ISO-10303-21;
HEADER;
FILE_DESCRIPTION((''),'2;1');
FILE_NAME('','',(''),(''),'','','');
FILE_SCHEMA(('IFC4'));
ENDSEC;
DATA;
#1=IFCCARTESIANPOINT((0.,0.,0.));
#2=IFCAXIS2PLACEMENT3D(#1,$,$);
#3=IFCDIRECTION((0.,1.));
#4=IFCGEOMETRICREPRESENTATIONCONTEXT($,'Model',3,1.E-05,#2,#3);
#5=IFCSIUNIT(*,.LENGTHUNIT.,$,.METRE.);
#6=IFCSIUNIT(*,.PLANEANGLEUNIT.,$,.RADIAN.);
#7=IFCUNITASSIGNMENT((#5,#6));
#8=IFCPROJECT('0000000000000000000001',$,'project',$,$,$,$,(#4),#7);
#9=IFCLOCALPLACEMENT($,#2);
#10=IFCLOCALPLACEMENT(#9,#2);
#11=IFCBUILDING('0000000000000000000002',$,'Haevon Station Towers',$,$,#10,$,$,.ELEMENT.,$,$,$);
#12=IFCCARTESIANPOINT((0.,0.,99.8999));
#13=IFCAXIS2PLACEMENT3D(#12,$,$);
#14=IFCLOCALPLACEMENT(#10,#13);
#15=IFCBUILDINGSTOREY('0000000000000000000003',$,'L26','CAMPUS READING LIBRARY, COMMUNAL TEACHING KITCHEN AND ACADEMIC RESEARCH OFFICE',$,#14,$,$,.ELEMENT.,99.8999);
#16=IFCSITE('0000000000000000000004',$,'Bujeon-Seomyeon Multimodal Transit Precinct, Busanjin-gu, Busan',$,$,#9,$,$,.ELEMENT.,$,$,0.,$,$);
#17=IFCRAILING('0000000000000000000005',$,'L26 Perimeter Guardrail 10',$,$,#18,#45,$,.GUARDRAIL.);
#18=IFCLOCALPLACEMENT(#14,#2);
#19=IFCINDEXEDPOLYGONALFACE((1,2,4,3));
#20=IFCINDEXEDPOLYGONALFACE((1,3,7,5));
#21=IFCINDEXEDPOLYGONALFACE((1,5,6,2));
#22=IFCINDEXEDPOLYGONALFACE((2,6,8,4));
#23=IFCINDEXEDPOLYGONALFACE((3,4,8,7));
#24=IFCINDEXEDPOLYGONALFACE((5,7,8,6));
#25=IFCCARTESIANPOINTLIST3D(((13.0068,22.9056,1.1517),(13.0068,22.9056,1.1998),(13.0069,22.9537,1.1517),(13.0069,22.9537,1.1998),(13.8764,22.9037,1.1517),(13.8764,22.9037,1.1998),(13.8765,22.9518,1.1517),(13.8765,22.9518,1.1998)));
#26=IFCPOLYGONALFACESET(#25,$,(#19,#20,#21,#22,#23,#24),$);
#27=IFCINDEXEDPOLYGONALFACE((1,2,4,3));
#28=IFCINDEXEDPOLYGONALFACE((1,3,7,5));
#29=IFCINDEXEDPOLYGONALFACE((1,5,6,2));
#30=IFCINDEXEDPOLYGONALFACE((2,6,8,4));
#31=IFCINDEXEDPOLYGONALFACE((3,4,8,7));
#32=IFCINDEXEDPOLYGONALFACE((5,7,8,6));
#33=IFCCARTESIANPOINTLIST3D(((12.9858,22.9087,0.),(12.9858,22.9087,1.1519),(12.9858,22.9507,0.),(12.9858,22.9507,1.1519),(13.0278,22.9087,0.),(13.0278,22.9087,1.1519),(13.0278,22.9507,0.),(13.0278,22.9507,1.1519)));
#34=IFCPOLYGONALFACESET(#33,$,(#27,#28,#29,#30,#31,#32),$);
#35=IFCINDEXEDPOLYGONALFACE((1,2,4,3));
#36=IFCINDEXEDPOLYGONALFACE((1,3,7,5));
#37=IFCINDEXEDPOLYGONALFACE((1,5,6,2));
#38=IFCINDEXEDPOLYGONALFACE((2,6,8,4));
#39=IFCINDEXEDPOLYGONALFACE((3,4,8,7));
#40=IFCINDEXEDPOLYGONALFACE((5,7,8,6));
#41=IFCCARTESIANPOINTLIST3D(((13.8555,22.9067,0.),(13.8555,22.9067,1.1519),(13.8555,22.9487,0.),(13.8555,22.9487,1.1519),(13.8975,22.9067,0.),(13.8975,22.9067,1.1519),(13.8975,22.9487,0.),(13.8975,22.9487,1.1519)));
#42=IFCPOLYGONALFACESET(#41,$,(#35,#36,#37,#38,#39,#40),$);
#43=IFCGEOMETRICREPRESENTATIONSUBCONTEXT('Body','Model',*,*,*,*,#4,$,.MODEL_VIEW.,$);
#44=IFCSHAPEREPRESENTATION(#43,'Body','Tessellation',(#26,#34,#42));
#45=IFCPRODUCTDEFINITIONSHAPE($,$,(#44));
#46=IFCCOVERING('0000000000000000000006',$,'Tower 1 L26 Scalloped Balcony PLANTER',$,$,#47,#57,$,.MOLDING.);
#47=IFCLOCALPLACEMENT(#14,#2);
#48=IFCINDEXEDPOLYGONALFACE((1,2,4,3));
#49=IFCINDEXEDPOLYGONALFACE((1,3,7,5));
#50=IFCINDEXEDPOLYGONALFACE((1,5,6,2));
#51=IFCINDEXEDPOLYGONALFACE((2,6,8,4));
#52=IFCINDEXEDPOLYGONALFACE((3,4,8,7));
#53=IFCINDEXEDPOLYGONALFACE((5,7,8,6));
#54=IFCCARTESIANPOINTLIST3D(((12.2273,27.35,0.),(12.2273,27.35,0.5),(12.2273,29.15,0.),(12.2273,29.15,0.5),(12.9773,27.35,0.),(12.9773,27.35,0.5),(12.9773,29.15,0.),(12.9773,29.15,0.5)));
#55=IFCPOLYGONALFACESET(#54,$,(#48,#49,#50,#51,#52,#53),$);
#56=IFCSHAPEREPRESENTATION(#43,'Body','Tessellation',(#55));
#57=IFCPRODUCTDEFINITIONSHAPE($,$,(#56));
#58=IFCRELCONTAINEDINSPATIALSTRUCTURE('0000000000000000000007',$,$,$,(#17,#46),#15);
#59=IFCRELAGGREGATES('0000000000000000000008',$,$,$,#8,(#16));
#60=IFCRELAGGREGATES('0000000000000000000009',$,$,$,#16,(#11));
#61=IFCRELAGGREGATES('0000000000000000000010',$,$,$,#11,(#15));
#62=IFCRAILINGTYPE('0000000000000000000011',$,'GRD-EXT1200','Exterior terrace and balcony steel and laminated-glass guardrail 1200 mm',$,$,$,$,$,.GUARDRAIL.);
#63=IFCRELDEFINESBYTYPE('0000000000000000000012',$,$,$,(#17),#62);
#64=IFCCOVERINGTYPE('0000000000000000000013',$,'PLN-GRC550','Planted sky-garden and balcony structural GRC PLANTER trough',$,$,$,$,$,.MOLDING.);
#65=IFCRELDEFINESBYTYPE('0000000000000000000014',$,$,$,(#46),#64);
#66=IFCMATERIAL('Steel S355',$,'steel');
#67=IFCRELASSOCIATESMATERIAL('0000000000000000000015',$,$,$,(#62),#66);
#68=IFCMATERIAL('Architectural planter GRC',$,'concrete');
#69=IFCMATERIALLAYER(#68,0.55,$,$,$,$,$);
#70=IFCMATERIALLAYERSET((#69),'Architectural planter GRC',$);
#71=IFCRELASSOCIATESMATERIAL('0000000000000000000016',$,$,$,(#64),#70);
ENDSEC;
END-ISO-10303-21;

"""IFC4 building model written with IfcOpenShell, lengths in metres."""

from ifc_helpers import new_model, si_unit, direction, frame, origin, origin_2d, place, context, subcontext, project, spatial, rectangle, extrude, material, layer, layer_set, type_object, element, save


model = new_model("IFC4")

# Units and contexts
model_context = context("Model", 3, precision=1e-05, world=origin(), true_north=direction((0.0, 1.0)))
body_context = subcontext(model_context, "Body", "Model", "MODEL_VIEW")
ifc_project = project(units=[si_unit("LENGTHUNIT", "METRE"), si_unit("PLANEANGLEUNIT", "RADIAN")], contexts=[model_context])

# Site, building, storey
site_placement = place(None, origin())
site = spatial("IfcSite", under=ifc_project, at=site_placement, Name="Bujeon-Seomyeon Multimodal Transit Precinct, Busanjin-gu, Busan", CompositionType="ELEMENT", RefElevation=0.0)
building_placement = place(site_placement, origin())
building = spatial("IfcBuilding", under=site, at=building_placement, Name="Haevon Station Towers", CompositionType="ELEMENT")
storey_placement = place(building_placement, frame((0.0, 0.0, 99.8999)))
storey = spatial("IfcBuildingStorey", under=building, at=storey_placement, Name="L26", Description="CAMPUS READING LIBRARY, COMMUNAL TEACHING KITCHEN AND ACADEMIC RESEARCH OFFICE", CompositionType="ELEMENT", Elevation=99.8999)

# Shared definitions
ifc_material_1 = material(Name="Steel S355", Category="steel")

# Railing
railing_type = type_object("IfcRailingType", Name="GRD-EXT1200", Description="Exterior terrace and balcony steel and laminated-glass guardrail 1200 mm", PredefinedType="GUARDRAIL", material=ifc_material_1)
railing_1_placement = place(storey_placement, frame((13.0068, 22.9297, 0.0)))
element("IfcRailing", 1, at=railing_1_placement, inside=storey, type_object=railing_type, Name="L26 Perimeter Guardrail 10", PredefinedType="GUARDRAIL", context=body_context, shape_type="SweptSolid", body=[
    extrude(rectangle(XDim=0.0481, YDim=0.0481, at=origin_2d()), frame((0.0, 0.0, 1.1758), z_axis=(0.999997, -0.002246, 0.0), x_axis=(0.002246, 0.999997, 0.0)), (0.0, 0.0, 1.0), 0.8696),
    extrude(rectangle(XDim=0.042, YDim=0.042, at=origin_2d()), origin(), (0.0, 0.0, 1.0), 1.1519),
    extrude(rectangle(XDim=0.042, YDim=0.042, at=origin_2d()), frame((0.8696, -0.002, 0.0)), (0.0, 0.0, 1.0), 1.1519),
])

# Covering
ifc_material_2 = material(Name="Architectural planter GRC", Category="concrete")
ifc_layer_1 = layer(ifc_material_2, 0.55)
ifc_layer_set_1 = layer_set([ifc_layer_1], Name="Architectural planter GRC")
covering_type = type_object("IfcCoveringType", Name="PLN-GRC550", Description="Planted sky-garden and balcony structural GRC PLANTER trough", PredefinedType="MOLDING", material=ifc_layer_set_1)
covering_placement = place(storey_placement, frame((12.6023, 28.25, 0.0), z_axis=(0.0, 0.0, 1.0), x_axis=(1.0, 0.0, 0.0)))
element("IfcCovering", 2, at=covering_placement, inside=storey, type_object=covering_type, Name="Tower 1 L26 Scalloped Balcony PLANTER", PredefinedType="MOLDING", context=body_context, shape_type="SweptSolid", body=[
    extrude(rectangle(XDim=0.75, YDim=1.8, at=origin_2d()), origin(), (0.0, 0.0, 1.0), 0.5),
])

save(model, "model.ifc")
